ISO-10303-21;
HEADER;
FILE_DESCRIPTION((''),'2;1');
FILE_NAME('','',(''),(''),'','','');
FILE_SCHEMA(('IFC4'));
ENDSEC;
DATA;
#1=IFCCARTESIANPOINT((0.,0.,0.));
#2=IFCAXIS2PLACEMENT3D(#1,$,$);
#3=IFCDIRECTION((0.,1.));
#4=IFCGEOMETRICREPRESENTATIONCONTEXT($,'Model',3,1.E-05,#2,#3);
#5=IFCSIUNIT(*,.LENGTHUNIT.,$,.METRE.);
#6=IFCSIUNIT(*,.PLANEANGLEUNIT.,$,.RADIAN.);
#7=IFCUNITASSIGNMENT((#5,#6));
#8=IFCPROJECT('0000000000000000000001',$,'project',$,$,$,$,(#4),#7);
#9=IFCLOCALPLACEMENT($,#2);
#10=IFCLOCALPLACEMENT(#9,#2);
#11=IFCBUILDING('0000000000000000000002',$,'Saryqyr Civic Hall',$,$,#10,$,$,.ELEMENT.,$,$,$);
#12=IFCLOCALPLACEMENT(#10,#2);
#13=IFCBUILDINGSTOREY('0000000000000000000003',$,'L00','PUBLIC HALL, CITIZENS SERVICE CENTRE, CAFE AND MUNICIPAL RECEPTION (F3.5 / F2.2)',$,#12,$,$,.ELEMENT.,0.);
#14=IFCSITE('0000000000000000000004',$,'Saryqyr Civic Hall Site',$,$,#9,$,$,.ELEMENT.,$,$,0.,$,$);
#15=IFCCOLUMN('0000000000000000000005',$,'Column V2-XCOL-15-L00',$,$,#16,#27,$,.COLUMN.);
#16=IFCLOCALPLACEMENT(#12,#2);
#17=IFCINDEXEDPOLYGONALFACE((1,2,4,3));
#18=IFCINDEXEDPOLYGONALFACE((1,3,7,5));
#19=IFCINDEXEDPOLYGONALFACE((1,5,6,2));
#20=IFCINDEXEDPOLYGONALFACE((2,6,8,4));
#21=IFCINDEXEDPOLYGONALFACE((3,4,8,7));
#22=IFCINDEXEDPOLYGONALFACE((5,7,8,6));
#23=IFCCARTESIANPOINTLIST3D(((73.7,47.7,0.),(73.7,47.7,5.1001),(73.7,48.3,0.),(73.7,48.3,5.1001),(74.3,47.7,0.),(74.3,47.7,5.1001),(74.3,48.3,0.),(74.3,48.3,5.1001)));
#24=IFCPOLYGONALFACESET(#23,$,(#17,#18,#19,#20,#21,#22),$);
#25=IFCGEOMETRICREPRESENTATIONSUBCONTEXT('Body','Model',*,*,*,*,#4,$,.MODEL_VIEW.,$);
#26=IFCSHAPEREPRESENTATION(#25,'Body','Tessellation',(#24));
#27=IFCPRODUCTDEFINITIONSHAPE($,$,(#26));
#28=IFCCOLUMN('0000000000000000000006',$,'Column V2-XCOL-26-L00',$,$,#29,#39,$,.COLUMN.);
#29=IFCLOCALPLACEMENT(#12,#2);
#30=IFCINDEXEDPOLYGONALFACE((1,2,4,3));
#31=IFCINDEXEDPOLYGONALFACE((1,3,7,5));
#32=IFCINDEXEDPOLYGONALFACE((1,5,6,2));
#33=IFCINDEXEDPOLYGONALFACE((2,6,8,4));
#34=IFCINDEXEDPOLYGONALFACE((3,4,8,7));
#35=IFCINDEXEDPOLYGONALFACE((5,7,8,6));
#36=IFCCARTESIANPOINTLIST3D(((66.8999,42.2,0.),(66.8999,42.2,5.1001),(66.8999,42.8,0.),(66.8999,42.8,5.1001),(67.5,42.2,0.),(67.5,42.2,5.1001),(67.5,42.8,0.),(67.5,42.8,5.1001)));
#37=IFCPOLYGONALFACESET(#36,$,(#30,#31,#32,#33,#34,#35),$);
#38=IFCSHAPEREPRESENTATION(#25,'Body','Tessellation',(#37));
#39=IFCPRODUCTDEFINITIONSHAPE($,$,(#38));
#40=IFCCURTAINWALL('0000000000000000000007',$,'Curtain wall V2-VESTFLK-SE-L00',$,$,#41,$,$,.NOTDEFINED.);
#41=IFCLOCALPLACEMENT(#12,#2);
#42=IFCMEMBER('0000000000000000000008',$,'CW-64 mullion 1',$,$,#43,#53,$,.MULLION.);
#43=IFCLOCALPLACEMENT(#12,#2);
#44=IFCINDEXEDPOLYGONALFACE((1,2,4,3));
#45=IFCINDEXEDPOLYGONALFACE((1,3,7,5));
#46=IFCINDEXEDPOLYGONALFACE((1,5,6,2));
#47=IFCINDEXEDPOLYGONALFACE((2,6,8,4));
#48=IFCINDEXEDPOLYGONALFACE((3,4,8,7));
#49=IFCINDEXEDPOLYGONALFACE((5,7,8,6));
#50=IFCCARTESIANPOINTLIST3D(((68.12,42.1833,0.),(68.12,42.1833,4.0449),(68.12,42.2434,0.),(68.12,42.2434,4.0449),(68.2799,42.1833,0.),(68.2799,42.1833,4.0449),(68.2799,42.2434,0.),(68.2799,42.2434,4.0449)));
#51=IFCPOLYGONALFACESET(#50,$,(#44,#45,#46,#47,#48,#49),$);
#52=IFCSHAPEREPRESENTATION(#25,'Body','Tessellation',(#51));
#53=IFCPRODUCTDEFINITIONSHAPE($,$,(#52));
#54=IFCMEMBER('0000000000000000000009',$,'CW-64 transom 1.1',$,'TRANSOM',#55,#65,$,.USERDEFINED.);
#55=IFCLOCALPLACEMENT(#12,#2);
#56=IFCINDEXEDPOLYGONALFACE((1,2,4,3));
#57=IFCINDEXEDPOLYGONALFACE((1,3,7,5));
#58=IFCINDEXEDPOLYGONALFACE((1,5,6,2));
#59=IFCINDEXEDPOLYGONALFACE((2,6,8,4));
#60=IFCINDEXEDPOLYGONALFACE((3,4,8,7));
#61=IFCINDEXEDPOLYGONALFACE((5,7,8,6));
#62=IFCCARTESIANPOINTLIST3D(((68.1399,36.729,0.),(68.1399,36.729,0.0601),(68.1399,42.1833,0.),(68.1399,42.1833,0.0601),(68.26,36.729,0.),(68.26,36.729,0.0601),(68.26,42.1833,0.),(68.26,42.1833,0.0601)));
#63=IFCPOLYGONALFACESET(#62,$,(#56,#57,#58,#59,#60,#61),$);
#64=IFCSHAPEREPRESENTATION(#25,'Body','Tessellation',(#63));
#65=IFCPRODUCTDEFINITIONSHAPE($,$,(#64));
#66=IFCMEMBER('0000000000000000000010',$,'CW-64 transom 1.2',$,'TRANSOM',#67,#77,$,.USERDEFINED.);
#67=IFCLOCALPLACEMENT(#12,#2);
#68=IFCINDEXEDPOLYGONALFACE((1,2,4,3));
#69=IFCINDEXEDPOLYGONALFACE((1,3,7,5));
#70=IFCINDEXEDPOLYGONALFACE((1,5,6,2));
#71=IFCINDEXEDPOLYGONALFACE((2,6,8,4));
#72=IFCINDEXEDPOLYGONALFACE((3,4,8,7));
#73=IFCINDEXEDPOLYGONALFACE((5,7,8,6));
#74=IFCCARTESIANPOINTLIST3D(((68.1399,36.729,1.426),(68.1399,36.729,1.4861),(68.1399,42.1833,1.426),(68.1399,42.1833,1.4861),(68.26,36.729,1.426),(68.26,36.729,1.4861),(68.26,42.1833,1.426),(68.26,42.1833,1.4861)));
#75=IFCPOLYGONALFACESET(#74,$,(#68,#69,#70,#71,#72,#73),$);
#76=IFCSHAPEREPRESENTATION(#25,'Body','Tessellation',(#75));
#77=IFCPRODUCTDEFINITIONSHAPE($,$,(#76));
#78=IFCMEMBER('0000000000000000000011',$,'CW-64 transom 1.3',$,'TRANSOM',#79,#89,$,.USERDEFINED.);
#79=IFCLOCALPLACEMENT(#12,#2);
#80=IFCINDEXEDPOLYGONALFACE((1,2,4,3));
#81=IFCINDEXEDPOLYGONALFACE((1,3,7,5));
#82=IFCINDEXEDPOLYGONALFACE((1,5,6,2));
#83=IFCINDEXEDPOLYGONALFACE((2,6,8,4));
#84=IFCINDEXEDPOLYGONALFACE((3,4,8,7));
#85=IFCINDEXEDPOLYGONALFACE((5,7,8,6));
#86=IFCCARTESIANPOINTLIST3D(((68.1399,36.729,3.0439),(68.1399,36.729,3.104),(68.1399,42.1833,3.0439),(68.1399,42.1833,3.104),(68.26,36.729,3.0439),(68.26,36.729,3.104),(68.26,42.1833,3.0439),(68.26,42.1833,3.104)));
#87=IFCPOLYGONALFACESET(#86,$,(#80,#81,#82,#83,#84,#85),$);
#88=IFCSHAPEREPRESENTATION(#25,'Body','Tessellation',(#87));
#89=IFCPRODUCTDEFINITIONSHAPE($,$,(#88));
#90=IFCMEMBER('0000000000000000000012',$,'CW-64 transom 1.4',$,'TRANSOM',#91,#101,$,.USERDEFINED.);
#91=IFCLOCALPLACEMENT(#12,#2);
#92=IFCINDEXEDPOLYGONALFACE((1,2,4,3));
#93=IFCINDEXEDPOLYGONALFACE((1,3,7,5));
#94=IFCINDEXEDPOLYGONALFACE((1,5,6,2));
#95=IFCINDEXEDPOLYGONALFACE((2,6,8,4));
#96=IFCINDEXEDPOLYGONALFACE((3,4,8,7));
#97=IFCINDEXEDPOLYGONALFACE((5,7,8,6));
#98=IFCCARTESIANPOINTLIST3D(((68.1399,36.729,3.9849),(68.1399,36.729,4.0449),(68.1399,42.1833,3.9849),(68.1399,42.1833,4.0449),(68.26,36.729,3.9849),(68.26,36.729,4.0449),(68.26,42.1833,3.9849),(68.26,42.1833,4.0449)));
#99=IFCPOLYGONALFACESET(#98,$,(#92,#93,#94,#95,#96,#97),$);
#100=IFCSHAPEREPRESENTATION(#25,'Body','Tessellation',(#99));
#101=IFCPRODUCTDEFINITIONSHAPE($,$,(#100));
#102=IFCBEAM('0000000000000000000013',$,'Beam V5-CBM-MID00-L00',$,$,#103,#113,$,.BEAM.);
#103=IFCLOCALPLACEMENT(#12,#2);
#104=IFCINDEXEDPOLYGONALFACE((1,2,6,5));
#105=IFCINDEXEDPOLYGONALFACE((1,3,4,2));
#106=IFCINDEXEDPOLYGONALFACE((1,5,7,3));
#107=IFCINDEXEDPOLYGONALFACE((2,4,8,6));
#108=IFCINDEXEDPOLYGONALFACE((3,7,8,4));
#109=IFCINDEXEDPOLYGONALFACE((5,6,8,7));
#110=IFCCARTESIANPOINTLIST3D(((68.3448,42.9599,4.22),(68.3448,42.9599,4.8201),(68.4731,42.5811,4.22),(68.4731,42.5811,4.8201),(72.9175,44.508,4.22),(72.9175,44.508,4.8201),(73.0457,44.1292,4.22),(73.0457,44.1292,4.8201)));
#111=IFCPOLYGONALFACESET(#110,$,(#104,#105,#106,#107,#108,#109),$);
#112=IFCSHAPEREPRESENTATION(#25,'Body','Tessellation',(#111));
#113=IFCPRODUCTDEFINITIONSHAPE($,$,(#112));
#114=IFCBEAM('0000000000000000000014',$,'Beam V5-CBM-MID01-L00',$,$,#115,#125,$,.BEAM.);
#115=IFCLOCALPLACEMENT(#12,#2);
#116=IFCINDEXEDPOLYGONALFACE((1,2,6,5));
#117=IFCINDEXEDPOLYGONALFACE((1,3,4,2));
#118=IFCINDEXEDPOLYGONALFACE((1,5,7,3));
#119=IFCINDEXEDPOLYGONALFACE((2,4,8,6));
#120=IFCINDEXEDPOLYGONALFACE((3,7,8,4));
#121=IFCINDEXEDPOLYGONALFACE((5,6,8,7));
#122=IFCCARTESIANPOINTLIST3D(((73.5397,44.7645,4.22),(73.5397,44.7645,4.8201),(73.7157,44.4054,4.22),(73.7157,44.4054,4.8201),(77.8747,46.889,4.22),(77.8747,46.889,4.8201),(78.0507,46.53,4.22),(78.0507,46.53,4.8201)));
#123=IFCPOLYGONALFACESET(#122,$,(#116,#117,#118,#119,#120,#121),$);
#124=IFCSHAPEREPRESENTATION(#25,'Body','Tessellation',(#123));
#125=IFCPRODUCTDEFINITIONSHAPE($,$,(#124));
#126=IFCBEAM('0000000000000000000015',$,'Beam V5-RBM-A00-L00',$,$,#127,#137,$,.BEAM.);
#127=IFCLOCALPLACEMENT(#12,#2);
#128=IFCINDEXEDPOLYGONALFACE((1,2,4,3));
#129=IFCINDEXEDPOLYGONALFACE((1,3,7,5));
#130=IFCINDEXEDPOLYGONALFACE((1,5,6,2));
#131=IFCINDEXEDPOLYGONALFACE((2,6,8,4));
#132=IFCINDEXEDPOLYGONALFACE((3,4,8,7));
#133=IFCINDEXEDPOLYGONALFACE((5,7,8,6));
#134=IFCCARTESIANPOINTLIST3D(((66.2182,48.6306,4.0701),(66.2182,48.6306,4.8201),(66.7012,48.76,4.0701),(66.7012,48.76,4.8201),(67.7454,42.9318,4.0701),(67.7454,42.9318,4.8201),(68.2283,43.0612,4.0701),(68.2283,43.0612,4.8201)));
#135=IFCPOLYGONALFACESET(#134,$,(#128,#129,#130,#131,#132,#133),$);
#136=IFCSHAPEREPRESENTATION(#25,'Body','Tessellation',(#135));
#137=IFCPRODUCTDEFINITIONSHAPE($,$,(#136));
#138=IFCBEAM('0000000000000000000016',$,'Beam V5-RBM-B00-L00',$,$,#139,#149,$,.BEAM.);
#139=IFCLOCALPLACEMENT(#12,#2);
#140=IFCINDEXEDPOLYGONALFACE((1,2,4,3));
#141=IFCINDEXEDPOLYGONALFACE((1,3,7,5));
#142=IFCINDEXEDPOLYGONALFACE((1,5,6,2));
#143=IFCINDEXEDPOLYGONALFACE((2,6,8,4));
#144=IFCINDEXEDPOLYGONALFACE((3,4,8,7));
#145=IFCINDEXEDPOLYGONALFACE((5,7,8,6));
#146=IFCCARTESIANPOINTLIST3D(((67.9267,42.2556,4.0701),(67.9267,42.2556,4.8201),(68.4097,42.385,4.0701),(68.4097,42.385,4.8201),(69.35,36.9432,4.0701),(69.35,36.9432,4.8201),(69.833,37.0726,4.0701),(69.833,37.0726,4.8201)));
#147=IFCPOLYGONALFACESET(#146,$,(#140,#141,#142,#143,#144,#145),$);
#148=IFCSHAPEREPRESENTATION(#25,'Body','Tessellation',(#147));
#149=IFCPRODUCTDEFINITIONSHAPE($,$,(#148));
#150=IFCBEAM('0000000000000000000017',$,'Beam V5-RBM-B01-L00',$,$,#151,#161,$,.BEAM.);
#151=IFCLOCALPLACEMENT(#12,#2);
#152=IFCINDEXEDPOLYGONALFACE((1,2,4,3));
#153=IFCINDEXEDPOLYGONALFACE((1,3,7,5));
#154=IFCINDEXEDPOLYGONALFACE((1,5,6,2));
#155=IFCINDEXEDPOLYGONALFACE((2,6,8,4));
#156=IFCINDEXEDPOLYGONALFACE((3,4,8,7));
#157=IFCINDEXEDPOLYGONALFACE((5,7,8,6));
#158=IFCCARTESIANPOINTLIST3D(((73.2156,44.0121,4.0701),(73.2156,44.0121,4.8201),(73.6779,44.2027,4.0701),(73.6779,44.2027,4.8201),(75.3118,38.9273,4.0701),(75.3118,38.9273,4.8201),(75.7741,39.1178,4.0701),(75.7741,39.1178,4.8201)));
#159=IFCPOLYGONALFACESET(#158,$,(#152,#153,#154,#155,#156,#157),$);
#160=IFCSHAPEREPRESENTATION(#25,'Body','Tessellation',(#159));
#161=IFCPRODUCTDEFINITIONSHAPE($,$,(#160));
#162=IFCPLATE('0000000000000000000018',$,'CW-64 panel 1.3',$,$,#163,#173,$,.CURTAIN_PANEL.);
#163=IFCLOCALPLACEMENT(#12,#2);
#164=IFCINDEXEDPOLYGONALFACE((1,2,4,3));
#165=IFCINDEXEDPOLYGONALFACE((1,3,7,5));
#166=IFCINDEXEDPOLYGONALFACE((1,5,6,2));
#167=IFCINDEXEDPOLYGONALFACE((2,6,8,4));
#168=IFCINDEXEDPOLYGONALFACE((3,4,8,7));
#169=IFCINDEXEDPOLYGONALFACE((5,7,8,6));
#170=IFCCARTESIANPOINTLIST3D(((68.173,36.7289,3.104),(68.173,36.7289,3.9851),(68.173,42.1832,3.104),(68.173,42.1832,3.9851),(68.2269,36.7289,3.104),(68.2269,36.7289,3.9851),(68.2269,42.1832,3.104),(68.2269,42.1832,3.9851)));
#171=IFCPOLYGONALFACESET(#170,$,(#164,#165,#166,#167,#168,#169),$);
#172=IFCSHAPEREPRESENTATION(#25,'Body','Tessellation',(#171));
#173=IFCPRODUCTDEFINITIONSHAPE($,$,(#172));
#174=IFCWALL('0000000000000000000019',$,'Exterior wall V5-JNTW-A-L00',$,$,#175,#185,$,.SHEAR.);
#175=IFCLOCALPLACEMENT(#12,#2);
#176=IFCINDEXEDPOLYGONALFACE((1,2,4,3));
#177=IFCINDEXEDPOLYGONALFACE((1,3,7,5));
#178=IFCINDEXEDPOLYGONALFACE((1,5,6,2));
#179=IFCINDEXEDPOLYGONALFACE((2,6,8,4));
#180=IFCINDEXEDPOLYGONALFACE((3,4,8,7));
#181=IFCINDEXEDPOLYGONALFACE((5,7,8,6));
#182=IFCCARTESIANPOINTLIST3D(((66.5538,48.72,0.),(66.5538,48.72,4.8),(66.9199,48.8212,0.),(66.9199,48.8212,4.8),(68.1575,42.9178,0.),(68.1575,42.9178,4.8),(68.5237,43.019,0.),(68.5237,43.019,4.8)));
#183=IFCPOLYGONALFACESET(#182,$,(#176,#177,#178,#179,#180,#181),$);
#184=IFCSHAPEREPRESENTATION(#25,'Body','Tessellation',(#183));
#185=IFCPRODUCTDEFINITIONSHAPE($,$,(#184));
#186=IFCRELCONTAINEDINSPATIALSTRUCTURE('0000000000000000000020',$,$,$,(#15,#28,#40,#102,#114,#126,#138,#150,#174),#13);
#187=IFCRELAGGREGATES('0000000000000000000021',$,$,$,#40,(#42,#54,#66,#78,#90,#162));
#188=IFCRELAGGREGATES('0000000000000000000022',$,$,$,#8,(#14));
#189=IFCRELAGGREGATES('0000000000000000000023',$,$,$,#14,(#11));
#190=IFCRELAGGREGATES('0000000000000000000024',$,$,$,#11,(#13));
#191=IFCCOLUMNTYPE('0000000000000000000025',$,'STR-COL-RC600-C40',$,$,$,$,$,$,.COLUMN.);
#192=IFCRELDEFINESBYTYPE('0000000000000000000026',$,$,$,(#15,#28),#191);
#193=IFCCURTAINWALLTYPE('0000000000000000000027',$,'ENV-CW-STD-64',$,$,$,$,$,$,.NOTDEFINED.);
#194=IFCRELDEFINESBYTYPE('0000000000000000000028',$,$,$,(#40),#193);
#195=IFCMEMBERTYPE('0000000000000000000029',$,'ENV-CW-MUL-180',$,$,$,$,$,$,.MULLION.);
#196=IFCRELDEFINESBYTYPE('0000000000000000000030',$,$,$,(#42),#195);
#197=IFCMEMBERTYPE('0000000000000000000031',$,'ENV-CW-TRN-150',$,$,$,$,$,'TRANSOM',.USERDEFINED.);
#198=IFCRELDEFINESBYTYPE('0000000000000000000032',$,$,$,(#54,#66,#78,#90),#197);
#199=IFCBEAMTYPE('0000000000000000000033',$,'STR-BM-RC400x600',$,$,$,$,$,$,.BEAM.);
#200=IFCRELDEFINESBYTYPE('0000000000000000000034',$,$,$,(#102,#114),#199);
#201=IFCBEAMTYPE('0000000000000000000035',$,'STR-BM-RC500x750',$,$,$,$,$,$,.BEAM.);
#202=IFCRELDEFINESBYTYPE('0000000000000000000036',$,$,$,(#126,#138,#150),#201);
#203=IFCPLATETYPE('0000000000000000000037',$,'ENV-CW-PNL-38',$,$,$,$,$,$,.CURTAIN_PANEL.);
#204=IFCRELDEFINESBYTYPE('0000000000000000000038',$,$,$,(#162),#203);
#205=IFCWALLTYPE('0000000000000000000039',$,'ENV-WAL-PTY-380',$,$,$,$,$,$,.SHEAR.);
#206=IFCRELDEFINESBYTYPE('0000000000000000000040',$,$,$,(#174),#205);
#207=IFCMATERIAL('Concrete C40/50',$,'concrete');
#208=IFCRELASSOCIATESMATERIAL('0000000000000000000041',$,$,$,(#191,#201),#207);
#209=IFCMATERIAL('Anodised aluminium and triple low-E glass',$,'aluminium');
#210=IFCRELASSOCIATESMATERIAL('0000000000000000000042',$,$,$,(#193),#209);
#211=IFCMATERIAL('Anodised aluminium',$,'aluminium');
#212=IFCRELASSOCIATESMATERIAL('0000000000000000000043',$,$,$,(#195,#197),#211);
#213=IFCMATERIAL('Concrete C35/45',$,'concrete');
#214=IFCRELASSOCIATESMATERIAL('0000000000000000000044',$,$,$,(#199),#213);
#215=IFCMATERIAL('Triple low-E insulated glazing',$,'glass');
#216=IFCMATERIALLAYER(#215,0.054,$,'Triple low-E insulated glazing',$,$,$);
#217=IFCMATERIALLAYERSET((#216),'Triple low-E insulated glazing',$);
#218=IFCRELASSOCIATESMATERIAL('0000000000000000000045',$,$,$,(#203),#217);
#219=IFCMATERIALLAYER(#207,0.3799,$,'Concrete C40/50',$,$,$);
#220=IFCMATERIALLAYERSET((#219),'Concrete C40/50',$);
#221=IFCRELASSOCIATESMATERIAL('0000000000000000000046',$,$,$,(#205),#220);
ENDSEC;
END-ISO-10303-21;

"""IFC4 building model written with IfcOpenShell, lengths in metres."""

from ifc_helpers import new_model, si_unit, direction, frame, frame_2d, origin, origin_2d, place, context, subcontext, project, spatial, rectangle, extrude, material, layer, layer_set, material_profile, profile_set, type_object, element, aggregate, save


model = new_model("IFC4")

# Units and contexts
model_context = context("Model", 3, precision=1e-05, world=origin(), true_north=direction((0.0, 1.0)))
body_context = subcontext(model_context, "Body", "Model", "MODEL_VIEW")
ifc_project = project(units=[si_unit("LENGTHUNIT", "METRE"), si_unit("PLANEANGLEUNIT", "RADIAN")], contexts=[model_context])

# Site, building, storey
site_placement = place(None, origin())
site = spatial("IfcSite", under=ifc_project, at=site_placement, Name="Saryqyr Civic Hall Site", CompositionType="ELEMENT", RefElevation=0.0)
building_placement = place(site_placement, origin())
building = spatial("IfcBuilding", under=site, at=building_placement, Name="Saryqyr Civic Hall", CompositionType="ELEMENT")
storey_placement = place(building_placement, origin())
storey = spatial("IfcBuildingStorey", under=building, at=storey_placement, Name="L00", Description="PUBLIC HALL, CITIZENS SERVICE CENTRE, CAFE AND MUNICIPAL RECEPTION (F3.5 / F2.2)", CompositionType="ELEMENT", Elevation=0.0)

# Columns
ifc_material_1 = material(Name="Concrete C40/50", Category="concrete")
ifc_material_profile_1 = material_profile(ifc_material_1, rectangle(XDim=0.6001, YDim=0.6001, at=origin_2d()), Name="RC 600x600")
ifc_profile_set_1 = profile_set([ifc_material_profile_1], Name="Concrete C40/50")
column_type_1 = type_object("IfcColumnType", Name="STR-COL-RC600-C40", PredefinedType="COLUMN", material=ifc_profile_set_1)
for number, where, z_axis, x_axis, name in (
    (1, (74.0, 48.0, 0.0), (0.0, 0.0, 1.0), (1.0, 0.0, 0.0), "Column V2-XCOL-15-L00"),
    (2, (67.2, 42.5, 0.0), (0.0, 0.0, 1.0), (1.0, 0.0, 0.0), "Column V2-XCOL-26-L00"),
):
    element("IfcColumn", number, at=place(storey_placement, frame(where, z_axis=z_axis, x_axis=x_axis)), inside=storey, type_object=column_type_1, Name=name, PredefinedType="COLUMN", context=body_context, shape_type="SweptSolid", body=[
        extrude(rectangle(XDim=0.6001, YDim=0.6001, at=origin_2d()), origin(), (0.0, 0.0, 1.0), 5.1001),
    ])

# Curtain wall, members
ifc_material_2 = material(Name="Anodised aluminium and triple low-E glass", Category="aluminium")
curtain_wall_type = type_object("IfcCurtainWallType", Name="ENV-CW-STD-64", PredefinedType="NOTDEFINED", material=ifc_material_2)
curtain_wall_placement = place(storey_placement, origin())
curtain_wall = element("IfcCurtainWall", 3, at=curtain_wall_placement, inside=storey, type_object=curtain_wall_type, Name="Curtain wall V2-VESTFLK-SE-L00", PredefinedType="NOTDEFINED")
ifc_material_3 = material(Name="Anodised aluminium", Category="aluminium")
ifc_material_profile_2 = material_profile(ifc_material_3, rectangle(XDim=0.0601, YDim=0.1599, at=origin_2d()), Name="ALU MULLION 60x160")
ifc_profile_set_2 = profile_set([ifc_material_profile_2], Name="Anodised aluminium")
member_type_1 = type_object("IfcMemberType", Name="ENV-CW-MUL-180", PredefinedType="MULLION", material=ifc_profile_set_2)
member_1_placement = place(storey_placement, frame((68.2, 42.2134, 0.0), z_axis=(0.0, 0.0, 1.0), x_axis=(0.0, -1.0, 0.0)))
member_1 = element("IfcMember", 4, at=member_1_placement, type_object=member_type_1, Name="CW-64 mullion 1", PredefinedType="MULLION", context=body_context, shape_type="SweptSolid", body=[
    extrude(rectangle(XDim=0.0601, YDim=0.1599, at=origin_2d()), origin(), (0.0, 0.0, 1.0), 4.0449),
])
ifc_material_profile_3 = material_profile(ifc_material_3, rectangle(XDim=0.1201, YDim=0.0601, at=origin_2d()), Name="ALU TRANSOM 120x60")
ifc_profile_set_3 = profile_set([ifc_material_profile_3], Name="Anodised aluminium")
member_type_2 = type_object("IfcMemberType", Name="ENV-CW-TRN-150", ElementType="TRANSOM", PredefinedType="USERDEFINED", material=ifc_profile_set_3)
member_2_placement = place(storey_placement, frame((68.2, 42.1833, 0.03), z_axis=(0.0, -1.0, 0.0), x_axis=(1.0, 0.0, 0.0)))
member_2 = element("IfcMember", 5, at=member_2_placement, type_object=member_type_2, Name="CW-64 transom 1.1", ObjectType="TRANSOM", PredefinedType="USERDEFINED", context=body_context, shape_type="SweptSolid", body=[
    extrude(rectangle(XDim=0.1201, YDim=0.0601, at=origin_2d()), origin(), (0.0, 0.0, 1.0), 5.4543),
])
member_3_placement = place(storey_placement, frame((68.2, 42.1833, 1.4561), z_axis=(0.0, -1.0, 0.0), x_axis=(1.0, 0.0, 0.0)))
member_3 = element("IfcMember", 6, at=member_3_placement, type_object=member_type_2, Name="CW-64 transom 1.2", ObjectType="TRANSOM", PredefinedType="USERDEFINED", context=body_context, shape_type="SweptSolid", body=[
    extrude(rectangle(XDim=0.1201, YDim=0.0601, at=origin_2d()), origin(), (0.0, 0.0, 1.0), 5.4543),
])
member_4_placement = place(storey_placement, frame((68.2, 42.1833, 3.074), z_axis=(0.0, -1.0, 0.0), x_axis=(1.0, 0.0, 0.0)))
member_4 = element("IfcMember", 7, at=member_4_placement, type_object=member_type_2, Name="CW-64 transom 1.3", ObjectType="TRANSOM", PredefinedType="USERDEFINED", context=body_context, shape_type="SweptSolid", body=[
    extrude(rectangle(XDim=0.1201, YDim=0.0601, at=origin_2d()), origin(), (0.0, 0.0, 1.0), 5.4543),
])
member_5_placement = place(storey_placement, frame((68.2, 42.1833, 4.0149), z_axis=(0.0, -1.0, 0.0), x_axis=(1.0, 0.0, 0.0)))
member_5 = element("IfcMember", 8, at=member_5_placement, type_object=member_type_2, Name="CW-64 transom 1.4", ObjectType="TRANSOM", PredefinedType="USERDEFINED", context=body_context, shape_type="SweptSolid", body=[
    extrude(rectangle(XDim=0.1201, YDim=0.0601, at=origin_2d()), origin(), (0.0, 0.0, 1.0), 5.4543),
])

# Beams
ifc_material_4 = material(Name="Concrete C35/45", Category="concrete")
ifc_material_profile_4 = material_profile(ifc_material_4, rectangle(XDim=0.3999, YDim=0.6001, at=origin_2d()), Name="RC 400x600")
ifc_profile_set_4 = profile_set([ifc_material_profile_4], Name="Concrete C35/45")
beam_type_1 = type_object("IfcBeamType", Name="STR-BM-RC400x600", PredefinedType="BEAM", material=ifc_profile_set_4)
for number, where, z_axis, x_axis, name in (
    (9, (68.4089, 42.7705, 4.52), (0.947191, 0.320669, 0.0), (-0.320669, 0.947191, 0.0), "Beam V5-CBM-MID00-L00"),
    (10, (73.6277, 44.585, 4.52), (0.897959, 0.440079, 0.0), (-0.440079, 0.897959, 0.0), "Beam V5-CBM-MID01-L00"),
):
    element("IfcBeam", number, at=place(storey_placement, frame(where, z_axis=z_axis, x_axis=x_axis)), inside=storey, type_object=beam_type_1, Name=name, PredefinedType="BEAM", context=body_context, shape_type="SweptSolid", body=[
        extrude(rectangle(XDim=0.3999, YDim=0.6001, at=origin_2d()), origin(), (0.0, 0.0, 1.0), 4.8276),
    ])
ifc_material_profile_5 = material_profile(ifc_material_1, rectangle(XDim=0.5, YDim=0.75, at=origin_2d()), Name="RC 500x750")
ifc_profile_set_5 = profile_set([ifc_material_profile_5], Name="Concrete C40/50")
beam_type_2 = type_object("IfcBeamType", Name="STR-BM-RC500x750", PredefinedType="BEAM", material=ifc_profile_set_5)
beam_1_placement = place(storey_placement, frame((66.4597, 48.6953, 4.4451), z_axis=(0.25884, -0.96592, 0.0), x_axis=(0.96592, 0.25884, 0.0)))
element("IfcBeam", 11, at=beam_1_placement, inside=storey, type_object=beam_type_2, Name="Beam V5-RBM-A00-L00", PredefinedType="BEAM", context=body_context, shape_type="SweptSolid", body=[
    extrude(rectangle(XDim=0.5, YDim=0.75, at=origin_2d()), origin(), (0.0, 0.0, 1.0), 5.8999),
])
beam_2_placement = place(storey_placement, frame((68.1682, 42.3203, 4.4451), z_axis=(0.258795, -0.965932, 0.0), x_axis=(0.965932, 0.258795, 0.0)))
element("IfcBeam", 12, at=beam_2_placement, inside=storey, type_object=beam_type_2, Name="Beam V5-RBM-B00-L00", PredefinedType="BEAM", context=body_context, shape_type="SweptSolid", body=[
    extrude(rectangle(XDim=0.5, YDim=0.75, at=origin_2d()), origin(), (0.0, 0.0, 1.0), 5.4998),
])
beam_3_placement = place(storey_placement, frame((73.4468, 44.1074, 4.4451), z_axis=(0.38112, -0.924525, 0.0), x_axis=(0.924525, 0.38112, 0.0)))
element("IfcBeam", 13, at=beam_3_placement, inside=storey, type_object=beam_type_2, Name="Beam V5-RBM-B01-L00", PredefinedType="BEAM", context=body_context, shape_type="SweptSolid", body=[
    extrude(rectangle(XDim=0.5, YDim=0.75, at=origin_2d()), origin(), (0.0, 0.0, 1.0), 5.5),
])

# Plate
ifc_material_5 = material(Name="Triple low-E insulated glazing", Category="glass")
ifc_layer_1 = layer(ifc_material_5, 0.054, Name="Triple low-E insulated glazing")
ifc_layer_set_1 = layer_set([ifc_layer_1], Name="Triple low-E insulated glazing")
plate_type = type_object("IfcPlateType", Name="ENV-CW-PNL-38", PredefinedType="CURTAIN_PANEL", material=ifc_layer_set_1)
plate_placement = place(storey_placement, frame((68.2, 39.4561, 3.104), z_axis=(0.0, 0.0, 1.0), x_axis=(0.0, -1.0, 0.0)))
plate = element("IfcPlate", 14, at=plate_placement, type_object=plate_type, Name="CW-64 panel 1.3", PredefinedType="CURTAIN_PANEL", context=body_context, shape_type="SweptSolid", body=[
    extrude(rectangle(XDim=5.4543, YDim=0.054, at=origin_2d()), origin(), (0.0, 0.0, 1.0), 0.8811),
])
aggregate(curtain_wall, [member_1, member_2, member_3, member_4, member_5, plate])

# Wall
ifc_layer_2 = layer(ifc_material_1, 0.3799, Name="Concrete C40/50")
ifc_layer_set_2 = layer_set([ifc_layer_2], Name="Concrete C40/50")
wall_type_1 = type_object("IfcWallType", Name="ENV-WAL-PTY-380", PredefinedType="SHEAR", material=ifc_layer_set_2)
wall_1_placement = place(storey_placement, frame((68.3406, 42.9685, 0.0), z_axis=(0.0, 0.0, 1.0), x_axis=(-0.266414, 0.963859, 0.0)))
element("IfcWall", 15, at=wall_1_placement, inside=storey, type_object=wall_type_1, Name="Exterior wall V5-JNTW-A-L00", PredefinedType="SHEAR", context=body_context, shape_type="SweptSolid", body=[
    extrude(rectangle(XDim=6.0198, YDim=0.3799, at=frame_2d((3.0098, 0.0))), origin(), (0.0, 0.0, 1.0), 4.8),
])

save(model, "model.ifc")
